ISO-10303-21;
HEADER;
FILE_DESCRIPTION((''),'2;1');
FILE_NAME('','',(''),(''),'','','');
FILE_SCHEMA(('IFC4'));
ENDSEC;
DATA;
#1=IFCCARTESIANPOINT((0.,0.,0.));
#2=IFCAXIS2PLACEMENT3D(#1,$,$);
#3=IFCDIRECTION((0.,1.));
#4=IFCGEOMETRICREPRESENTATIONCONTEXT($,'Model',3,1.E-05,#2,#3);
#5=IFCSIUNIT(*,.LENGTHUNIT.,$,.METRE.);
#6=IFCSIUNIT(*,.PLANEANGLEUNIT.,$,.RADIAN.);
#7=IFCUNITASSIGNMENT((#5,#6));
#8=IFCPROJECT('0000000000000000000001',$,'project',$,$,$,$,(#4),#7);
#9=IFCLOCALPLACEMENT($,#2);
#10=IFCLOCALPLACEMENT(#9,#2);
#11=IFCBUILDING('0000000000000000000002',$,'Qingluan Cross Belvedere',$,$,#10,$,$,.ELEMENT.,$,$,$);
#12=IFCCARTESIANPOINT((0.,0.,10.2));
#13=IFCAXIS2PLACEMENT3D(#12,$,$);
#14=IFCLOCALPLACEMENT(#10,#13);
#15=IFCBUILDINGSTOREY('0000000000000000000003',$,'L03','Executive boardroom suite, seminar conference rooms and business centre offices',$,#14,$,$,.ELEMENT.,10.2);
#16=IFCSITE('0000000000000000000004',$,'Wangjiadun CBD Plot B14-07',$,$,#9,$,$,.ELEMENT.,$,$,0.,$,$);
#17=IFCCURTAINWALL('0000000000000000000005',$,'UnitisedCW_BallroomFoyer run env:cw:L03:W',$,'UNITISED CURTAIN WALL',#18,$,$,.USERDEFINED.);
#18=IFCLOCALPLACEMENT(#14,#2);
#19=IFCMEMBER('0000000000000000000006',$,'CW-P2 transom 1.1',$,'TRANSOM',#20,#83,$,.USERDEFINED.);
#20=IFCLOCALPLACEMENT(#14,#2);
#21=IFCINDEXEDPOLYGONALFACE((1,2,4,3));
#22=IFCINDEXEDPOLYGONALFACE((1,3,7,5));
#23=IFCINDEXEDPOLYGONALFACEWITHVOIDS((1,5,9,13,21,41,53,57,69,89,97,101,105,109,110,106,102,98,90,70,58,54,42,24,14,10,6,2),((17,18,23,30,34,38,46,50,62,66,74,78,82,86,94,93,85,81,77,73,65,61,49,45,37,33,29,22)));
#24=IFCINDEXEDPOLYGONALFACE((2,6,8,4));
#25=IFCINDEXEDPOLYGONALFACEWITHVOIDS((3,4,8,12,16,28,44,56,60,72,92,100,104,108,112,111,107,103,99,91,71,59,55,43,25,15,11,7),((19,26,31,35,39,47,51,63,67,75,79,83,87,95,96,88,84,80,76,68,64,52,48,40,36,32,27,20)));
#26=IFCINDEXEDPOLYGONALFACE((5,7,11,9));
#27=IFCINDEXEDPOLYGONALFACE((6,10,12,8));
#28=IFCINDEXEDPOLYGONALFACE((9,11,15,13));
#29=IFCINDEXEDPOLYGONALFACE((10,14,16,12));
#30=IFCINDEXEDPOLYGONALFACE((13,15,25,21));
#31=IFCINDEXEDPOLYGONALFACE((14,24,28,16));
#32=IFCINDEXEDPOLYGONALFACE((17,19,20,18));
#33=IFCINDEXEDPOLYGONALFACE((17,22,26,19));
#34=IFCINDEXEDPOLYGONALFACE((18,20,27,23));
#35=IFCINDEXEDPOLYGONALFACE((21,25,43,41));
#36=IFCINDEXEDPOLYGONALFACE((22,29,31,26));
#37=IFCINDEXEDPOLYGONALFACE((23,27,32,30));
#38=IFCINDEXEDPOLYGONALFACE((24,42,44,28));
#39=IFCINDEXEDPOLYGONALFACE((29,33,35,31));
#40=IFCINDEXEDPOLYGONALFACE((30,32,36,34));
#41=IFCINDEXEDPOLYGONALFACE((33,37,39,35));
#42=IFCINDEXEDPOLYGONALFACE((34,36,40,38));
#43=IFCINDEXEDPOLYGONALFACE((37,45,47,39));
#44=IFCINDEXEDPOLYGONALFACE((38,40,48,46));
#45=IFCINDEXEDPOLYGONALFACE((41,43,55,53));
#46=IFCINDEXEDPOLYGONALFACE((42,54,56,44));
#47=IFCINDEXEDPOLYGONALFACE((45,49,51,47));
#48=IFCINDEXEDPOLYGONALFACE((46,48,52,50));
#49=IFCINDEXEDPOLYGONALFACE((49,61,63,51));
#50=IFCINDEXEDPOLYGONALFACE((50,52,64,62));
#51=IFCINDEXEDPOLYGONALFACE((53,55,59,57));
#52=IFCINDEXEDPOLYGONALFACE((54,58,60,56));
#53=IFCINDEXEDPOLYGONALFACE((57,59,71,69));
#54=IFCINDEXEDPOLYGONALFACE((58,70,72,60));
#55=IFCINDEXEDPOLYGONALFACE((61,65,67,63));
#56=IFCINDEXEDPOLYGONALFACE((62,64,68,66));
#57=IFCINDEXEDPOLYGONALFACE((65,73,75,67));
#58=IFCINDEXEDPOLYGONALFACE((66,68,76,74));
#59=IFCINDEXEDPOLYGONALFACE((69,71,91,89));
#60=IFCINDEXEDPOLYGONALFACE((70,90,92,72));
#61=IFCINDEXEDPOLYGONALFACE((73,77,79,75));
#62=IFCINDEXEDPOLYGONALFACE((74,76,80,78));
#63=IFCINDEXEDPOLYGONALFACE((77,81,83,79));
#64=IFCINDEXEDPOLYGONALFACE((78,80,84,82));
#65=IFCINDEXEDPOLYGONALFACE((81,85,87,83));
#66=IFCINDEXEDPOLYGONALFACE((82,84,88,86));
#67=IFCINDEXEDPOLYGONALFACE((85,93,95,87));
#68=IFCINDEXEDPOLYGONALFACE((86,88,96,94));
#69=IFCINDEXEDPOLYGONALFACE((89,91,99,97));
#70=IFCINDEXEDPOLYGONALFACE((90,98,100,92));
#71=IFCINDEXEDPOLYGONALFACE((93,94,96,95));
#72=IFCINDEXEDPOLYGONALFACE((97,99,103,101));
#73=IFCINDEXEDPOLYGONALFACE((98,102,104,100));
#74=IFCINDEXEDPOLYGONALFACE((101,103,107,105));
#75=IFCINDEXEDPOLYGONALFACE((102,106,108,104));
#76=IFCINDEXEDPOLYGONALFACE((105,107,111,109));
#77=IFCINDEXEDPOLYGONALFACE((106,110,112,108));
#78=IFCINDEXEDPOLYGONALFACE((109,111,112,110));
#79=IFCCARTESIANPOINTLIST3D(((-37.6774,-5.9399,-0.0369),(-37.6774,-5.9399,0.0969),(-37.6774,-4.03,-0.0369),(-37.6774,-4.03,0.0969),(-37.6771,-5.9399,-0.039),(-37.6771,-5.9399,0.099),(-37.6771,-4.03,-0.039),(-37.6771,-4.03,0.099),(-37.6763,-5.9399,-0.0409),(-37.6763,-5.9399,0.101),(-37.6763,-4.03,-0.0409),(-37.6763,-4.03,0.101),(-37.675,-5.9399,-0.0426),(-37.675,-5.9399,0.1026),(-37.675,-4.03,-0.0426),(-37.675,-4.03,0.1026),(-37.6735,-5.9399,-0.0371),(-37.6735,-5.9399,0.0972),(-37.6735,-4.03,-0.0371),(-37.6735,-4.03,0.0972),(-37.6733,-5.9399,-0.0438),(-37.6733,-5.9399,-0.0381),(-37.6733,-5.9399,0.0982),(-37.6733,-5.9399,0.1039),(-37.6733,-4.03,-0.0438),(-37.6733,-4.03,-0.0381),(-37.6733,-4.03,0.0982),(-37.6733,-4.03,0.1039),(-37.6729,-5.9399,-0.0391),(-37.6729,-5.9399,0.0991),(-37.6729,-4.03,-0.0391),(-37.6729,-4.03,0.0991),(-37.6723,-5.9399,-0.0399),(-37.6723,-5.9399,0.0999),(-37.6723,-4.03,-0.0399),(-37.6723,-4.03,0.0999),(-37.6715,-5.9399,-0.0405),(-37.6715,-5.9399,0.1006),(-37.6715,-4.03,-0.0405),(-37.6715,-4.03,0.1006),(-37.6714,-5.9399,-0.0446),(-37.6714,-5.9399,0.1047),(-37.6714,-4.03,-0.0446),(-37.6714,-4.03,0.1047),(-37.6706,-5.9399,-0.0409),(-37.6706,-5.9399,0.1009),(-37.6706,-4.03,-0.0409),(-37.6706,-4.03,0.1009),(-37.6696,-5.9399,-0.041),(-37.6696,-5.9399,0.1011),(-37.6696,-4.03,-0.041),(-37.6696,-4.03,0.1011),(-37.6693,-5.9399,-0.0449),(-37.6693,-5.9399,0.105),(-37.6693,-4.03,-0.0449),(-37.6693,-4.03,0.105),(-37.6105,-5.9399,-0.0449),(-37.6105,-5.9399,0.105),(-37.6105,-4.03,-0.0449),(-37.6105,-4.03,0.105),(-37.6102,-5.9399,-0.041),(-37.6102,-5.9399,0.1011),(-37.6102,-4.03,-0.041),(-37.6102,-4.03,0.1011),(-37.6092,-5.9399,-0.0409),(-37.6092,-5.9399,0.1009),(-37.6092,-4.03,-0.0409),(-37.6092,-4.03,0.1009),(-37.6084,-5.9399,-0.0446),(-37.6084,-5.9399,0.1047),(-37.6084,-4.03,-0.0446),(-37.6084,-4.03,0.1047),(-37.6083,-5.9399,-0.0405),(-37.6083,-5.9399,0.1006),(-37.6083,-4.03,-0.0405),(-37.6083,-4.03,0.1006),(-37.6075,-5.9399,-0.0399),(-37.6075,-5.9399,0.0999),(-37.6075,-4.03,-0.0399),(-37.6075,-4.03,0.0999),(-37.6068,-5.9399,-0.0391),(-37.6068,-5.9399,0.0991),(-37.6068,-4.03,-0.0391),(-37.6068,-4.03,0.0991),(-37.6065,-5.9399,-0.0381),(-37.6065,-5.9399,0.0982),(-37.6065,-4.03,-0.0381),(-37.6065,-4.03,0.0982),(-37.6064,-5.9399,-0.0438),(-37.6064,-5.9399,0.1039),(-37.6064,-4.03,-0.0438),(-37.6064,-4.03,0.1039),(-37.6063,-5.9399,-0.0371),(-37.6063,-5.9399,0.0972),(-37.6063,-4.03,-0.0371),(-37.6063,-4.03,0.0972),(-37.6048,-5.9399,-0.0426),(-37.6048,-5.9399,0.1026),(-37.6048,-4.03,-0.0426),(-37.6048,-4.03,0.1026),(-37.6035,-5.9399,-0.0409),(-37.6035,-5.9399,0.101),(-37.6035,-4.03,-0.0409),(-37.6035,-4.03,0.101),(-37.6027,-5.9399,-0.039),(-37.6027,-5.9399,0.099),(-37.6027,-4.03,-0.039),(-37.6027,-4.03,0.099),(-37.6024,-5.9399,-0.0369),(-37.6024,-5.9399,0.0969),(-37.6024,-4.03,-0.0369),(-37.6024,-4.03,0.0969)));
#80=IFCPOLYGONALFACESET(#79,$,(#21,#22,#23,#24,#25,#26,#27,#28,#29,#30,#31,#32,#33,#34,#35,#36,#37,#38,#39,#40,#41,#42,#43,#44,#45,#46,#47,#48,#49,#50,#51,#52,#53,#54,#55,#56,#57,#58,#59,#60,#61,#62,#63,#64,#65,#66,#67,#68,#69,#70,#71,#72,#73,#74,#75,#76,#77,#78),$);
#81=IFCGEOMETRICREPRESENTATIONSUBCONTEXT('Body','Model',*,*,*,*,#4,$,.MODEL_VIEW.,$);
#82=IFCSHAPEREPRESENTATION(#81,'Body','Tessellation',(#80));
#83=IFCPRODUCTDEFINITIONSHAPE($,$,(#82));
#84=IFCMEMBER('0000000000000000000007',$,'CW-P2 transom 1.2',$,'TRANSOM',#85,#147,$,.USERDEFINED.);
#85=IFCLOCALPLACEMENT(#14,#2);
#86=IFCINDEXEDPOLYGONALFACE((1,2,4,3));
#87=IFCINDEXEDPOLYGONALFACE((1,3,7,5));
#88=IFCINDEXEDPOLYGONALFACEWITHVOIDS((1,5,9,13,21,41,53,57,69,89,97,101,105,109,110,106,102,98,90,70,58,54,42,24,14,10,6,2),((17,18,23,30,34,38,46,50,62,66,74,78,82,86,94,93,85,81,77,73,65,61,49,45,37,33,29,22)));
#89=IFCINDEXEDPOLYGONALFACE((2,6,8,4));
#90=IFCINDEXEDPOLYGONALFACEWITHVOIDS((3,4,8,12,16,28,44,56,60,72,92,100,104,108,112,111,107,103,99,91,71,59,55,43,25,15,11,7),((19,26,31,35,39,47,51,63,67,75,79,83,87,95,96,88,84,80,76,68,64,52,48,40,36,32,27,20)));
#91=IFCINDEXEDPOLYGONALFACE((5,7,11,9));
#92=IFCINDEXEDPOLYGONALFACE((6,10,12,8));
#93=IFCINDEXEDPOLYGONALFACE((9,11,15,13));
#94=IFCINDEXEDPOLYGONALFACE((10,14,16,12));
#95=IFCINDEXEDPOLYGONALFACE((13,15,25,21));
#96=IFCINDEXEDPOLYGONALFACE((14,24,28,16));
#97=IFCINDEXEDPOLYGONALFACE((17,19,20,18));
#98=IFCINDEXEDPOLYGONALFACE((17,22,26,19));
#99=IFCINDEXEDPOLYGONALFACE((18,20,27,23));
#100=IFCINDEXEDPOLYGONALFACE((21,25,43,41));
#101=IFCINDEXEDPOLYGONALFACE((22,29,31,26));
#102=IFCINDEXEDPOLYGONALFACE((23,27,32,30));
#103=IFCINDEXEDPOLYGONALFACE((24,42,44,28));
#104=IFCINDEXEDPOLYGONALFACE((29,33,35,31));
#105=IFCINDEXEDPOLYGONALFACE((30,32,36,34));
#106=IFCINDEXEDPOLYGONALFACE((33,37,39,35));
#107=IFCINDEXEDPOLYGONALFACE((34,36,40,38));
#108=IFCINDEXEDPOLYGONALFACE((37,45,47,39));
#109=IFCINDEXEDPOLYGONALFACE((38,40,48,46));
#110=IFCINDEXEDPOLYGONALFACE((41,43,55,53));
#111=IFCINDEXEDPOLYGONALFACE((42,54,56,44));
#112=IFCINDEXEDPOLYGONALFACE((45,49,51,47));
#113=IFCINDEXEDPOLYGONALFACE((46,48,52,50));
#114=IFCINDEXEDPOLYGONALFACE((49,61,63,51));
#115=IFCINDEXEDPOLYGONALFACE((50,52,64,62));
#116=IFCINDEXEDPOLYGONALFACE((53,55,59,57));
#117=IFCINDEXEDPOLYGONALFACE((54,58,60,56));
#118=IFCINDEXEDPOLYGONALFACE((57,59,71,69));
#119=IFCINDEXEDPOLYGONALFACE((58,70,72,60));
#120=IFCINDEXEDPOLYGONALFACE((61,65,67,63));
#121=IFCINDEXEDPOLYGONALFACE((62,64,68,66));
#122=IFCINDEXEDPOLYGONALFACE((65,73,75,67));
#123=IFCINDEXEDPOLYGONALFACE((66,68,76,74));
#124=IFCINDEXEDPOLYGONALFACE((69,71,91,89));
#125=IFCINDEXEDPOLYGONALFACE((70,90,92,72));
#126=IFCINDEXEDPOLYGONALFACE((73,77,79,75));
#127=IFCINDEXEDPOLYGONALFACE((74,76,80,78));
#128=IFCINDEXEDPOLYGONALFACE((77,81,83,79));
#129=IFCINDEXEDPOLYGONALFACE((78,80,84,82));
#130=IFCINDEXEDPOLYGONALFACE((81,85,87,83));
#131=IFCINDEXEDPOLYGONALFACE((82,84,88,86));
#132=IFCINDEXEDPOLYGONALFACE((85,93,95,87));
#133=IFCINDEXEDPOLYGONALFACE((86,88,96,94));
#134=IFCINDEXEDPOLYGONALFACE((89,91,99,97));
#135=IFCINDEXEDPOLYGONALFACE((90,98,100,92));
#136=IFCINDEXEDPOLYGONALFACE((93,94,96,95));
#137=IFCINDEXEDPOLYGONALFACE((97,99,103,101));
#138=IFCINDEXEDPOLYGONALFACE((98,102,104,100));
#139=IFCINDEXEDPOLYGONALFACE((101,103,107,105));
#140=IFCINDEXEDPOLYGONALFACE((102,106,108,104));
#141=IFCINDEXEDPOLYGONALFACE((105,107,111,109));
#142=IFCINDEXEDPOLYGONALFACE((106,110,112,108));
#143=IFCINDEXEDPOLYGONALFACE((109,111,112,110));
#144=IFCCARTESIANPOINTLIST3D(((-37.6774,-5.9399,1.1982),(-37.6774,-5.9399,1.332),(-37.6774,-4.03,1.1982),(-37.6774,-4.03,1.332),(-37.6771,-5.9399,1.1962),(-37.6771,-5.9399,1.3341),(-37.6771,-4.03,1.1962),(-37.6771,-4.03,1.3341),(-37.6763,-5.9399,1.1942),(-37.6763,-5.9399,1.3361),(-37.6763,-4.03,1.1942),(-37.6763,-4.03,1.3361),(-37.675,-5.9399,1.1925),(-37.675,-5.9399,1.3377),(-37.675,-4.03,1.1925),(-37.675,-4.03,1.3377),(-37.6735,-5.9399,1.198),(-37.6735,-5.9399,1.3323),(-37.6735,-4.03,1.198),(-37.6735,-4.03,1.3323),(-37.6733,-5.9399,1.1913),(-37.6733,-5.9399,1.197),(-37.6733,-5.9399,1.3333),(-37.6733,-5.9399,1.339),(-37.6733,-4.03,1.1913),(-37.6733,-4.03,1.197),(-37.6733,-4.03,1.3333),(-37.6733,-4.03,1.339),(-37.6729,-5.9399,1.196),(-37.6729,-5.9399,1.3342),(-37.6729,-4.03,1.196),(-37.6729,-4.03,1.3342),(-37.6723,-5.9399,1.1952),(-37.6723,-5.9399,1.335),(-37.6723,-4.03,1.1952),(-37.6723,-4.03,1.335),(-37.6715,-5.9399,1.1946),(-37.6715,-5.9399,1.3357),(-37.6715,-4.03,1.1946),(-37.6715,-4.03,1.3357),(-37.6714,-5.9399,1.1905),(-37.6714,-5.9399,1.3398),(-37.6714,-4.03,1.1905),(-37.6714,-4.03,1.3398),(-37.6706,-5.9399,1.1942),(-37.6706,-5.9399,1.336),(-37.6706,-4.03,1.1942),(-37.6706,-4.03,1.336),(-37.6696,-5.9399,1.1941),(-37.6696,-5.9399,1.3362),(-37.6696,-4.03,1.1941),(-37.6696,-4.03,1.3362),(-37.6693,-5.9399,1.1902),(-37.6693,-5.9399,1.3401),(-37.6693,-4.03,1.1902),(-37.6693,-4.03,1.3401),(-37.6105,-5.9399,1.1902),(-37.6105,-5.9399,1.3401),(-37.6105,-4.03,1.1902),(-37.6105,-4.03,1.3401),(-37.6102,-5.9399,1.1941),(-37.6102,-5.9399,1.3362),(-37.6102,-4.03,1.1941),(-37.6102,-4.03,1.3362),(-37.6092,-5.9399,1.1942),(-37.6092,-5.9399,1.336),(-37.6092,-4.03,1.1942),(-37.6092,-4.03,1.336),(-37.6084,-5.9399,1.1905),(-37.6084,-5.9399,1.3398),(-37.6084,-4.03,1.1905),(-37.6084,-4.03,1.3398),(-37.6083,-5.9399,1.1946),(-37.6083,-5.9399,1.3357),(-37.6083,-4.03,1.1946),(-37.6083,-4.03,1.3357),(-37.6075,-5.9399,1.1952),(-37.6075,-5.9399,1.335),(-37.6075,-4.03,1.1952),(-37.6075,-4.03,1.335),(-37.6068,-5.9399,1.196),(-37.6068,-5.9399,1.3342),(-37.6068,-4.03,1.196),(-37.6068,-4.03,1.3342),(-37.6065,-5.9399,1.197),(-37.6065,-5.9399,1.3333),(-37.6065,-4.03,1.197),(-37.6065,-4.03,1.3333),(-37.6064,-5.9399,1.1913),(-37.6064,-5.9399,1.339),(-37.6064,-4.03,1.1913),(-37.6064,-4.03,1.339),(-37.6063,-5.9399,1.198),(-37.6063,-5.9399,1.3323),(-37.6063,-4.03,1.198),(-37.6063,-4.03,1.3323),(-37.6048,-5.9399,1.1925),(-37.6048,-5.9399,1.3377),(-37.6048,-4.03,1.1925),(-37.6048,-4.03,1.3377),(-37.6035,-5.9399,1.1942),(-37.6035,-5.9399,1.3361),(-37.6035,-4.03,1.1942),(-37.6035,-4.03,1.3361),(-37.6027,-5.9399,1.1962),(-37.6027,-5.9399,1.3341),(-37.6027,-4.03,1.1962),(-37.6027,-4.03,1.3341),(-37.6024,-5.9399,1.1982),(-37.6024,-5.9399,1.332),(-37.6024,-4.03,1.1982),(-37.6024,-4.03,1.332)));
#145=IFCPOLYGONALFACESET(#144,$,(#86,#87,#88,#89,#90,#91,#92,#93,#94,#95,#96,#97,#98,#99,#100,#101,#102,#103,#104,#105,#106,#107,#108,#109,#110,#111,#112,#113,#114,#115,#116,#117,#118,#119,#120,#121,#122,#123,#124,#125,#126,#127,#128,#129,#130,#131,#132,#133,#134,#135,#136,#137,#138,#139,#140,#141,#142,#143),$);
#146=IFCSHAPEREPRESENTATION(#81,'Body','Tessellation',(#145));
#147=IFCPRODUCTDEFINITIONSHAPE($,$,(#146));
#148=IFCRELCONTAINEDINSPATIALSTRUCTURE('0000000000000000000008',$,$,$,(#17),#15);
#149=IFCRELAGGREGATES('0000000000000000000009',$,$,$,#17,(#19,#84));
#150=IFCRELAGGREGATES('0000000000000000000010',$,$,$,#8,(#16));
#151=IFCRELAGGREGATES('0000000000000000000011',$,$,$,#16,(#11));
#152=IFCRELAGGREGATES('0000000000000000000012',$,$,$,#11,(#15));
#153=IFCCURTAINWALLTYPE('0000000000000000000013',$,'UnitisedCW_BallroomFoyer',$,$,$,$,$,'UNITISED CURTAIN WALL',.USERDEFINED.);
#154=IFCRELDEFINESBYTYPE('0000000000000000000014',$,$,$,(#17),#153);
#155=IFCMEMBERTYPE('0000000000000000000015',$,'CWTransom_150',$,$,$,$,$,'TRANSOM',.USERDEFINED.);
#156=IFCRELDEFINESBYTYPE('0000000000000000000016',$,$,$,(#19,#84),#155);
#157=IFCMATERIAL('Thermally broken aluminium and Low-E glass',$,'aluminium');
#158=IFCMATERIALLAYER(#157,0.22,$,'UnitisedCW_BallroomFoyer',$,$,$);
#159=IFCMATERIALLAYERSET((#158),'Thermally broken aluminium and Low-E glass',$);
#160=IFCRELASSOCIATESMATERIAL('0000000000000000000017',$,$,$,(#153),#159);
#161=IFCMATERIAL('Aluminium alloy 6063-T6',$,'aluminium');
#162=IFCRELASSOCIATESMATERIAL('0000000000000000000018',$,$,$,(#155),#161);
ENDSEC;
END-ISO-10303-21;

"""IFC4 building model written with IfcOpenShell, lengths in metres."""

from ifc_helpers import new_model, si_unit, direction, frame, origin, origin_2d, place, context, subcontext, project, spatial, hollow_rectangle, extrude, material, layer, layer_set, material_profile, profile_set, type_object, element, aggregate, save


model = new_model("IFC4")

# Units and contexts
model_context = context("Model", 3, precision=1e-05, world=origin(), true_north=direction((0.0, 1.0)))
body_context = subcontext(model_context, "Body", "Model", "MODEL_VIEW")
ifc_project = project(units=[si_unit("LENGTHUNIT", "METRE"), si_unit("PLANEANGLEUNIT", "RADIAN")], contexts=[model_context])

# Site, building, storey
site_placement = place(None, origin())
site = spatial("IfcSite", under=ifc_project, at=site_placement, Name="Wangjiadun CBD Plot B14-07", CompositionType="ELEMENT", RefElevation=0.0)
building_placement = place(site_placement, origin())
building = spatial("IfcBuilding", under=site, at=building_placement, Name="Qingluan Cross Belvedere", CompositionType="ELEMENT")
storey_placement = place(building_placement, frame((0.0, 0.0, 10.2)))
storey = spatial("IfcBuildingStorey", under=building, at=storey_placement, Name="L03", Description="Executive boardroom suite, seminar conference rooms and business centre offices", CompositionType="ELEMENT", Elevation=10.2)

# Curtain wall, members
ifc_material_1 = material(Name="Thermally broken aluminium and Low-E glass", Category="aluminium")
ifc_layer_1 = layer(ifc_material_1, 0.22, Name="UnitisedCW_BallroomFoyer")
ifc_layer_set_1 = layer_set([ifc_layer_1], Name="Thermally broken aluminium and Low-E glass")
curtain_wall_type = type_object("IfcCurtainWallType", Name="UnitisedCW_BallroomFoyer", ElementType="UNITISED CURTAIN WALL", PredefinedType="USERDEFINED", material=ifc_layer_set_1)
curtain_wall_placement = place(storey_placement, origin())
curtain_wall = element("IfcCurtainWall", 1, at=curtain_wall_placement, inside=storey, type_object=curtain_wall_type, Name="UnitisedCW_BallroomFoyer run env:cw:L03:W", ObjectType="UNITISED CURTAIN WALL", PredefinedType="USERDEFINED")
ifc_material_2 = material(Name="Aluminium alloy 6063-T6", Category="aluminium")
ifc_material_profile_1 = material_profile(ifc_material_2, hollow_rectangle(XDim=0.075, YDim=0.1499, WallThickness=0.0039, InnerFilletRadius=0.0039, OuterFilletRadius=0.0081, at=origin_2d()), Name="CWT150x75x4")
ifc_profile_set_1 = profile_set([ifc_material_profile_1], Name="Aluminium alloy 6063-T6")
member_type_1 = type_object("IfcMemberType", Name="CWTransom_150", ElementType="TRANSOM", PredefinedType="USERDEFINED", material=ifc_profile_set_1)
member_1_placement = place(storey_placement, frame((-37.6399, -5.9399, 0.03), z_axis=(0.0, 1.0, 0.0), x_axis=(-1.0, 0.0, 0.0)))
member_1 = element("IfcMember", 2, at=member_1_placement, type_object=member_type_1, Name="CW-P2 transom 1.1", ObjectType="TRANSOM", PredefinedType="USERDEFINED", context=body_context, shape_type="SweptSolid", body=[
    extrude(hollow_rectangle(XDim=0.075, YDim=0.1499, WallThickness=0.0039, InnerFilletRadius=0.0039, OuterFilletRadius=0.0081, at=origin_2d()), origin(), (0.0, 0.0, 1.0), 1.9099),
])
member_2_placement = place(storey_placement, frame((-37.6399, -5.9399, 1.2651), z_axis=(0.0, 1.0, 0.0), x_axis=(-1.0, 0.0, 0.0)))
member_2 = element("IfcMember", 3, at=member_2_placement, type_object=member_type_1, Name="CW-P2 transom 1.2", ObjectType="TRANSOM", PredefinedType="USERDEFINED", context=body_context, shape_type="SweptSolid", body=[
    extrude(hollow_rectangle(XDim=0.075, YDim=0.1499, WallThickness=0.0039, InnerFilletRadius=0.0039, OuterFilletRadius=0.0081, at=origin_2d()), origin(), (0.0, 0.0, 1.0), 1.9099),
])
aggregate(curtain_wall, [member_1, member_2])

save(model, "model.ifc")
